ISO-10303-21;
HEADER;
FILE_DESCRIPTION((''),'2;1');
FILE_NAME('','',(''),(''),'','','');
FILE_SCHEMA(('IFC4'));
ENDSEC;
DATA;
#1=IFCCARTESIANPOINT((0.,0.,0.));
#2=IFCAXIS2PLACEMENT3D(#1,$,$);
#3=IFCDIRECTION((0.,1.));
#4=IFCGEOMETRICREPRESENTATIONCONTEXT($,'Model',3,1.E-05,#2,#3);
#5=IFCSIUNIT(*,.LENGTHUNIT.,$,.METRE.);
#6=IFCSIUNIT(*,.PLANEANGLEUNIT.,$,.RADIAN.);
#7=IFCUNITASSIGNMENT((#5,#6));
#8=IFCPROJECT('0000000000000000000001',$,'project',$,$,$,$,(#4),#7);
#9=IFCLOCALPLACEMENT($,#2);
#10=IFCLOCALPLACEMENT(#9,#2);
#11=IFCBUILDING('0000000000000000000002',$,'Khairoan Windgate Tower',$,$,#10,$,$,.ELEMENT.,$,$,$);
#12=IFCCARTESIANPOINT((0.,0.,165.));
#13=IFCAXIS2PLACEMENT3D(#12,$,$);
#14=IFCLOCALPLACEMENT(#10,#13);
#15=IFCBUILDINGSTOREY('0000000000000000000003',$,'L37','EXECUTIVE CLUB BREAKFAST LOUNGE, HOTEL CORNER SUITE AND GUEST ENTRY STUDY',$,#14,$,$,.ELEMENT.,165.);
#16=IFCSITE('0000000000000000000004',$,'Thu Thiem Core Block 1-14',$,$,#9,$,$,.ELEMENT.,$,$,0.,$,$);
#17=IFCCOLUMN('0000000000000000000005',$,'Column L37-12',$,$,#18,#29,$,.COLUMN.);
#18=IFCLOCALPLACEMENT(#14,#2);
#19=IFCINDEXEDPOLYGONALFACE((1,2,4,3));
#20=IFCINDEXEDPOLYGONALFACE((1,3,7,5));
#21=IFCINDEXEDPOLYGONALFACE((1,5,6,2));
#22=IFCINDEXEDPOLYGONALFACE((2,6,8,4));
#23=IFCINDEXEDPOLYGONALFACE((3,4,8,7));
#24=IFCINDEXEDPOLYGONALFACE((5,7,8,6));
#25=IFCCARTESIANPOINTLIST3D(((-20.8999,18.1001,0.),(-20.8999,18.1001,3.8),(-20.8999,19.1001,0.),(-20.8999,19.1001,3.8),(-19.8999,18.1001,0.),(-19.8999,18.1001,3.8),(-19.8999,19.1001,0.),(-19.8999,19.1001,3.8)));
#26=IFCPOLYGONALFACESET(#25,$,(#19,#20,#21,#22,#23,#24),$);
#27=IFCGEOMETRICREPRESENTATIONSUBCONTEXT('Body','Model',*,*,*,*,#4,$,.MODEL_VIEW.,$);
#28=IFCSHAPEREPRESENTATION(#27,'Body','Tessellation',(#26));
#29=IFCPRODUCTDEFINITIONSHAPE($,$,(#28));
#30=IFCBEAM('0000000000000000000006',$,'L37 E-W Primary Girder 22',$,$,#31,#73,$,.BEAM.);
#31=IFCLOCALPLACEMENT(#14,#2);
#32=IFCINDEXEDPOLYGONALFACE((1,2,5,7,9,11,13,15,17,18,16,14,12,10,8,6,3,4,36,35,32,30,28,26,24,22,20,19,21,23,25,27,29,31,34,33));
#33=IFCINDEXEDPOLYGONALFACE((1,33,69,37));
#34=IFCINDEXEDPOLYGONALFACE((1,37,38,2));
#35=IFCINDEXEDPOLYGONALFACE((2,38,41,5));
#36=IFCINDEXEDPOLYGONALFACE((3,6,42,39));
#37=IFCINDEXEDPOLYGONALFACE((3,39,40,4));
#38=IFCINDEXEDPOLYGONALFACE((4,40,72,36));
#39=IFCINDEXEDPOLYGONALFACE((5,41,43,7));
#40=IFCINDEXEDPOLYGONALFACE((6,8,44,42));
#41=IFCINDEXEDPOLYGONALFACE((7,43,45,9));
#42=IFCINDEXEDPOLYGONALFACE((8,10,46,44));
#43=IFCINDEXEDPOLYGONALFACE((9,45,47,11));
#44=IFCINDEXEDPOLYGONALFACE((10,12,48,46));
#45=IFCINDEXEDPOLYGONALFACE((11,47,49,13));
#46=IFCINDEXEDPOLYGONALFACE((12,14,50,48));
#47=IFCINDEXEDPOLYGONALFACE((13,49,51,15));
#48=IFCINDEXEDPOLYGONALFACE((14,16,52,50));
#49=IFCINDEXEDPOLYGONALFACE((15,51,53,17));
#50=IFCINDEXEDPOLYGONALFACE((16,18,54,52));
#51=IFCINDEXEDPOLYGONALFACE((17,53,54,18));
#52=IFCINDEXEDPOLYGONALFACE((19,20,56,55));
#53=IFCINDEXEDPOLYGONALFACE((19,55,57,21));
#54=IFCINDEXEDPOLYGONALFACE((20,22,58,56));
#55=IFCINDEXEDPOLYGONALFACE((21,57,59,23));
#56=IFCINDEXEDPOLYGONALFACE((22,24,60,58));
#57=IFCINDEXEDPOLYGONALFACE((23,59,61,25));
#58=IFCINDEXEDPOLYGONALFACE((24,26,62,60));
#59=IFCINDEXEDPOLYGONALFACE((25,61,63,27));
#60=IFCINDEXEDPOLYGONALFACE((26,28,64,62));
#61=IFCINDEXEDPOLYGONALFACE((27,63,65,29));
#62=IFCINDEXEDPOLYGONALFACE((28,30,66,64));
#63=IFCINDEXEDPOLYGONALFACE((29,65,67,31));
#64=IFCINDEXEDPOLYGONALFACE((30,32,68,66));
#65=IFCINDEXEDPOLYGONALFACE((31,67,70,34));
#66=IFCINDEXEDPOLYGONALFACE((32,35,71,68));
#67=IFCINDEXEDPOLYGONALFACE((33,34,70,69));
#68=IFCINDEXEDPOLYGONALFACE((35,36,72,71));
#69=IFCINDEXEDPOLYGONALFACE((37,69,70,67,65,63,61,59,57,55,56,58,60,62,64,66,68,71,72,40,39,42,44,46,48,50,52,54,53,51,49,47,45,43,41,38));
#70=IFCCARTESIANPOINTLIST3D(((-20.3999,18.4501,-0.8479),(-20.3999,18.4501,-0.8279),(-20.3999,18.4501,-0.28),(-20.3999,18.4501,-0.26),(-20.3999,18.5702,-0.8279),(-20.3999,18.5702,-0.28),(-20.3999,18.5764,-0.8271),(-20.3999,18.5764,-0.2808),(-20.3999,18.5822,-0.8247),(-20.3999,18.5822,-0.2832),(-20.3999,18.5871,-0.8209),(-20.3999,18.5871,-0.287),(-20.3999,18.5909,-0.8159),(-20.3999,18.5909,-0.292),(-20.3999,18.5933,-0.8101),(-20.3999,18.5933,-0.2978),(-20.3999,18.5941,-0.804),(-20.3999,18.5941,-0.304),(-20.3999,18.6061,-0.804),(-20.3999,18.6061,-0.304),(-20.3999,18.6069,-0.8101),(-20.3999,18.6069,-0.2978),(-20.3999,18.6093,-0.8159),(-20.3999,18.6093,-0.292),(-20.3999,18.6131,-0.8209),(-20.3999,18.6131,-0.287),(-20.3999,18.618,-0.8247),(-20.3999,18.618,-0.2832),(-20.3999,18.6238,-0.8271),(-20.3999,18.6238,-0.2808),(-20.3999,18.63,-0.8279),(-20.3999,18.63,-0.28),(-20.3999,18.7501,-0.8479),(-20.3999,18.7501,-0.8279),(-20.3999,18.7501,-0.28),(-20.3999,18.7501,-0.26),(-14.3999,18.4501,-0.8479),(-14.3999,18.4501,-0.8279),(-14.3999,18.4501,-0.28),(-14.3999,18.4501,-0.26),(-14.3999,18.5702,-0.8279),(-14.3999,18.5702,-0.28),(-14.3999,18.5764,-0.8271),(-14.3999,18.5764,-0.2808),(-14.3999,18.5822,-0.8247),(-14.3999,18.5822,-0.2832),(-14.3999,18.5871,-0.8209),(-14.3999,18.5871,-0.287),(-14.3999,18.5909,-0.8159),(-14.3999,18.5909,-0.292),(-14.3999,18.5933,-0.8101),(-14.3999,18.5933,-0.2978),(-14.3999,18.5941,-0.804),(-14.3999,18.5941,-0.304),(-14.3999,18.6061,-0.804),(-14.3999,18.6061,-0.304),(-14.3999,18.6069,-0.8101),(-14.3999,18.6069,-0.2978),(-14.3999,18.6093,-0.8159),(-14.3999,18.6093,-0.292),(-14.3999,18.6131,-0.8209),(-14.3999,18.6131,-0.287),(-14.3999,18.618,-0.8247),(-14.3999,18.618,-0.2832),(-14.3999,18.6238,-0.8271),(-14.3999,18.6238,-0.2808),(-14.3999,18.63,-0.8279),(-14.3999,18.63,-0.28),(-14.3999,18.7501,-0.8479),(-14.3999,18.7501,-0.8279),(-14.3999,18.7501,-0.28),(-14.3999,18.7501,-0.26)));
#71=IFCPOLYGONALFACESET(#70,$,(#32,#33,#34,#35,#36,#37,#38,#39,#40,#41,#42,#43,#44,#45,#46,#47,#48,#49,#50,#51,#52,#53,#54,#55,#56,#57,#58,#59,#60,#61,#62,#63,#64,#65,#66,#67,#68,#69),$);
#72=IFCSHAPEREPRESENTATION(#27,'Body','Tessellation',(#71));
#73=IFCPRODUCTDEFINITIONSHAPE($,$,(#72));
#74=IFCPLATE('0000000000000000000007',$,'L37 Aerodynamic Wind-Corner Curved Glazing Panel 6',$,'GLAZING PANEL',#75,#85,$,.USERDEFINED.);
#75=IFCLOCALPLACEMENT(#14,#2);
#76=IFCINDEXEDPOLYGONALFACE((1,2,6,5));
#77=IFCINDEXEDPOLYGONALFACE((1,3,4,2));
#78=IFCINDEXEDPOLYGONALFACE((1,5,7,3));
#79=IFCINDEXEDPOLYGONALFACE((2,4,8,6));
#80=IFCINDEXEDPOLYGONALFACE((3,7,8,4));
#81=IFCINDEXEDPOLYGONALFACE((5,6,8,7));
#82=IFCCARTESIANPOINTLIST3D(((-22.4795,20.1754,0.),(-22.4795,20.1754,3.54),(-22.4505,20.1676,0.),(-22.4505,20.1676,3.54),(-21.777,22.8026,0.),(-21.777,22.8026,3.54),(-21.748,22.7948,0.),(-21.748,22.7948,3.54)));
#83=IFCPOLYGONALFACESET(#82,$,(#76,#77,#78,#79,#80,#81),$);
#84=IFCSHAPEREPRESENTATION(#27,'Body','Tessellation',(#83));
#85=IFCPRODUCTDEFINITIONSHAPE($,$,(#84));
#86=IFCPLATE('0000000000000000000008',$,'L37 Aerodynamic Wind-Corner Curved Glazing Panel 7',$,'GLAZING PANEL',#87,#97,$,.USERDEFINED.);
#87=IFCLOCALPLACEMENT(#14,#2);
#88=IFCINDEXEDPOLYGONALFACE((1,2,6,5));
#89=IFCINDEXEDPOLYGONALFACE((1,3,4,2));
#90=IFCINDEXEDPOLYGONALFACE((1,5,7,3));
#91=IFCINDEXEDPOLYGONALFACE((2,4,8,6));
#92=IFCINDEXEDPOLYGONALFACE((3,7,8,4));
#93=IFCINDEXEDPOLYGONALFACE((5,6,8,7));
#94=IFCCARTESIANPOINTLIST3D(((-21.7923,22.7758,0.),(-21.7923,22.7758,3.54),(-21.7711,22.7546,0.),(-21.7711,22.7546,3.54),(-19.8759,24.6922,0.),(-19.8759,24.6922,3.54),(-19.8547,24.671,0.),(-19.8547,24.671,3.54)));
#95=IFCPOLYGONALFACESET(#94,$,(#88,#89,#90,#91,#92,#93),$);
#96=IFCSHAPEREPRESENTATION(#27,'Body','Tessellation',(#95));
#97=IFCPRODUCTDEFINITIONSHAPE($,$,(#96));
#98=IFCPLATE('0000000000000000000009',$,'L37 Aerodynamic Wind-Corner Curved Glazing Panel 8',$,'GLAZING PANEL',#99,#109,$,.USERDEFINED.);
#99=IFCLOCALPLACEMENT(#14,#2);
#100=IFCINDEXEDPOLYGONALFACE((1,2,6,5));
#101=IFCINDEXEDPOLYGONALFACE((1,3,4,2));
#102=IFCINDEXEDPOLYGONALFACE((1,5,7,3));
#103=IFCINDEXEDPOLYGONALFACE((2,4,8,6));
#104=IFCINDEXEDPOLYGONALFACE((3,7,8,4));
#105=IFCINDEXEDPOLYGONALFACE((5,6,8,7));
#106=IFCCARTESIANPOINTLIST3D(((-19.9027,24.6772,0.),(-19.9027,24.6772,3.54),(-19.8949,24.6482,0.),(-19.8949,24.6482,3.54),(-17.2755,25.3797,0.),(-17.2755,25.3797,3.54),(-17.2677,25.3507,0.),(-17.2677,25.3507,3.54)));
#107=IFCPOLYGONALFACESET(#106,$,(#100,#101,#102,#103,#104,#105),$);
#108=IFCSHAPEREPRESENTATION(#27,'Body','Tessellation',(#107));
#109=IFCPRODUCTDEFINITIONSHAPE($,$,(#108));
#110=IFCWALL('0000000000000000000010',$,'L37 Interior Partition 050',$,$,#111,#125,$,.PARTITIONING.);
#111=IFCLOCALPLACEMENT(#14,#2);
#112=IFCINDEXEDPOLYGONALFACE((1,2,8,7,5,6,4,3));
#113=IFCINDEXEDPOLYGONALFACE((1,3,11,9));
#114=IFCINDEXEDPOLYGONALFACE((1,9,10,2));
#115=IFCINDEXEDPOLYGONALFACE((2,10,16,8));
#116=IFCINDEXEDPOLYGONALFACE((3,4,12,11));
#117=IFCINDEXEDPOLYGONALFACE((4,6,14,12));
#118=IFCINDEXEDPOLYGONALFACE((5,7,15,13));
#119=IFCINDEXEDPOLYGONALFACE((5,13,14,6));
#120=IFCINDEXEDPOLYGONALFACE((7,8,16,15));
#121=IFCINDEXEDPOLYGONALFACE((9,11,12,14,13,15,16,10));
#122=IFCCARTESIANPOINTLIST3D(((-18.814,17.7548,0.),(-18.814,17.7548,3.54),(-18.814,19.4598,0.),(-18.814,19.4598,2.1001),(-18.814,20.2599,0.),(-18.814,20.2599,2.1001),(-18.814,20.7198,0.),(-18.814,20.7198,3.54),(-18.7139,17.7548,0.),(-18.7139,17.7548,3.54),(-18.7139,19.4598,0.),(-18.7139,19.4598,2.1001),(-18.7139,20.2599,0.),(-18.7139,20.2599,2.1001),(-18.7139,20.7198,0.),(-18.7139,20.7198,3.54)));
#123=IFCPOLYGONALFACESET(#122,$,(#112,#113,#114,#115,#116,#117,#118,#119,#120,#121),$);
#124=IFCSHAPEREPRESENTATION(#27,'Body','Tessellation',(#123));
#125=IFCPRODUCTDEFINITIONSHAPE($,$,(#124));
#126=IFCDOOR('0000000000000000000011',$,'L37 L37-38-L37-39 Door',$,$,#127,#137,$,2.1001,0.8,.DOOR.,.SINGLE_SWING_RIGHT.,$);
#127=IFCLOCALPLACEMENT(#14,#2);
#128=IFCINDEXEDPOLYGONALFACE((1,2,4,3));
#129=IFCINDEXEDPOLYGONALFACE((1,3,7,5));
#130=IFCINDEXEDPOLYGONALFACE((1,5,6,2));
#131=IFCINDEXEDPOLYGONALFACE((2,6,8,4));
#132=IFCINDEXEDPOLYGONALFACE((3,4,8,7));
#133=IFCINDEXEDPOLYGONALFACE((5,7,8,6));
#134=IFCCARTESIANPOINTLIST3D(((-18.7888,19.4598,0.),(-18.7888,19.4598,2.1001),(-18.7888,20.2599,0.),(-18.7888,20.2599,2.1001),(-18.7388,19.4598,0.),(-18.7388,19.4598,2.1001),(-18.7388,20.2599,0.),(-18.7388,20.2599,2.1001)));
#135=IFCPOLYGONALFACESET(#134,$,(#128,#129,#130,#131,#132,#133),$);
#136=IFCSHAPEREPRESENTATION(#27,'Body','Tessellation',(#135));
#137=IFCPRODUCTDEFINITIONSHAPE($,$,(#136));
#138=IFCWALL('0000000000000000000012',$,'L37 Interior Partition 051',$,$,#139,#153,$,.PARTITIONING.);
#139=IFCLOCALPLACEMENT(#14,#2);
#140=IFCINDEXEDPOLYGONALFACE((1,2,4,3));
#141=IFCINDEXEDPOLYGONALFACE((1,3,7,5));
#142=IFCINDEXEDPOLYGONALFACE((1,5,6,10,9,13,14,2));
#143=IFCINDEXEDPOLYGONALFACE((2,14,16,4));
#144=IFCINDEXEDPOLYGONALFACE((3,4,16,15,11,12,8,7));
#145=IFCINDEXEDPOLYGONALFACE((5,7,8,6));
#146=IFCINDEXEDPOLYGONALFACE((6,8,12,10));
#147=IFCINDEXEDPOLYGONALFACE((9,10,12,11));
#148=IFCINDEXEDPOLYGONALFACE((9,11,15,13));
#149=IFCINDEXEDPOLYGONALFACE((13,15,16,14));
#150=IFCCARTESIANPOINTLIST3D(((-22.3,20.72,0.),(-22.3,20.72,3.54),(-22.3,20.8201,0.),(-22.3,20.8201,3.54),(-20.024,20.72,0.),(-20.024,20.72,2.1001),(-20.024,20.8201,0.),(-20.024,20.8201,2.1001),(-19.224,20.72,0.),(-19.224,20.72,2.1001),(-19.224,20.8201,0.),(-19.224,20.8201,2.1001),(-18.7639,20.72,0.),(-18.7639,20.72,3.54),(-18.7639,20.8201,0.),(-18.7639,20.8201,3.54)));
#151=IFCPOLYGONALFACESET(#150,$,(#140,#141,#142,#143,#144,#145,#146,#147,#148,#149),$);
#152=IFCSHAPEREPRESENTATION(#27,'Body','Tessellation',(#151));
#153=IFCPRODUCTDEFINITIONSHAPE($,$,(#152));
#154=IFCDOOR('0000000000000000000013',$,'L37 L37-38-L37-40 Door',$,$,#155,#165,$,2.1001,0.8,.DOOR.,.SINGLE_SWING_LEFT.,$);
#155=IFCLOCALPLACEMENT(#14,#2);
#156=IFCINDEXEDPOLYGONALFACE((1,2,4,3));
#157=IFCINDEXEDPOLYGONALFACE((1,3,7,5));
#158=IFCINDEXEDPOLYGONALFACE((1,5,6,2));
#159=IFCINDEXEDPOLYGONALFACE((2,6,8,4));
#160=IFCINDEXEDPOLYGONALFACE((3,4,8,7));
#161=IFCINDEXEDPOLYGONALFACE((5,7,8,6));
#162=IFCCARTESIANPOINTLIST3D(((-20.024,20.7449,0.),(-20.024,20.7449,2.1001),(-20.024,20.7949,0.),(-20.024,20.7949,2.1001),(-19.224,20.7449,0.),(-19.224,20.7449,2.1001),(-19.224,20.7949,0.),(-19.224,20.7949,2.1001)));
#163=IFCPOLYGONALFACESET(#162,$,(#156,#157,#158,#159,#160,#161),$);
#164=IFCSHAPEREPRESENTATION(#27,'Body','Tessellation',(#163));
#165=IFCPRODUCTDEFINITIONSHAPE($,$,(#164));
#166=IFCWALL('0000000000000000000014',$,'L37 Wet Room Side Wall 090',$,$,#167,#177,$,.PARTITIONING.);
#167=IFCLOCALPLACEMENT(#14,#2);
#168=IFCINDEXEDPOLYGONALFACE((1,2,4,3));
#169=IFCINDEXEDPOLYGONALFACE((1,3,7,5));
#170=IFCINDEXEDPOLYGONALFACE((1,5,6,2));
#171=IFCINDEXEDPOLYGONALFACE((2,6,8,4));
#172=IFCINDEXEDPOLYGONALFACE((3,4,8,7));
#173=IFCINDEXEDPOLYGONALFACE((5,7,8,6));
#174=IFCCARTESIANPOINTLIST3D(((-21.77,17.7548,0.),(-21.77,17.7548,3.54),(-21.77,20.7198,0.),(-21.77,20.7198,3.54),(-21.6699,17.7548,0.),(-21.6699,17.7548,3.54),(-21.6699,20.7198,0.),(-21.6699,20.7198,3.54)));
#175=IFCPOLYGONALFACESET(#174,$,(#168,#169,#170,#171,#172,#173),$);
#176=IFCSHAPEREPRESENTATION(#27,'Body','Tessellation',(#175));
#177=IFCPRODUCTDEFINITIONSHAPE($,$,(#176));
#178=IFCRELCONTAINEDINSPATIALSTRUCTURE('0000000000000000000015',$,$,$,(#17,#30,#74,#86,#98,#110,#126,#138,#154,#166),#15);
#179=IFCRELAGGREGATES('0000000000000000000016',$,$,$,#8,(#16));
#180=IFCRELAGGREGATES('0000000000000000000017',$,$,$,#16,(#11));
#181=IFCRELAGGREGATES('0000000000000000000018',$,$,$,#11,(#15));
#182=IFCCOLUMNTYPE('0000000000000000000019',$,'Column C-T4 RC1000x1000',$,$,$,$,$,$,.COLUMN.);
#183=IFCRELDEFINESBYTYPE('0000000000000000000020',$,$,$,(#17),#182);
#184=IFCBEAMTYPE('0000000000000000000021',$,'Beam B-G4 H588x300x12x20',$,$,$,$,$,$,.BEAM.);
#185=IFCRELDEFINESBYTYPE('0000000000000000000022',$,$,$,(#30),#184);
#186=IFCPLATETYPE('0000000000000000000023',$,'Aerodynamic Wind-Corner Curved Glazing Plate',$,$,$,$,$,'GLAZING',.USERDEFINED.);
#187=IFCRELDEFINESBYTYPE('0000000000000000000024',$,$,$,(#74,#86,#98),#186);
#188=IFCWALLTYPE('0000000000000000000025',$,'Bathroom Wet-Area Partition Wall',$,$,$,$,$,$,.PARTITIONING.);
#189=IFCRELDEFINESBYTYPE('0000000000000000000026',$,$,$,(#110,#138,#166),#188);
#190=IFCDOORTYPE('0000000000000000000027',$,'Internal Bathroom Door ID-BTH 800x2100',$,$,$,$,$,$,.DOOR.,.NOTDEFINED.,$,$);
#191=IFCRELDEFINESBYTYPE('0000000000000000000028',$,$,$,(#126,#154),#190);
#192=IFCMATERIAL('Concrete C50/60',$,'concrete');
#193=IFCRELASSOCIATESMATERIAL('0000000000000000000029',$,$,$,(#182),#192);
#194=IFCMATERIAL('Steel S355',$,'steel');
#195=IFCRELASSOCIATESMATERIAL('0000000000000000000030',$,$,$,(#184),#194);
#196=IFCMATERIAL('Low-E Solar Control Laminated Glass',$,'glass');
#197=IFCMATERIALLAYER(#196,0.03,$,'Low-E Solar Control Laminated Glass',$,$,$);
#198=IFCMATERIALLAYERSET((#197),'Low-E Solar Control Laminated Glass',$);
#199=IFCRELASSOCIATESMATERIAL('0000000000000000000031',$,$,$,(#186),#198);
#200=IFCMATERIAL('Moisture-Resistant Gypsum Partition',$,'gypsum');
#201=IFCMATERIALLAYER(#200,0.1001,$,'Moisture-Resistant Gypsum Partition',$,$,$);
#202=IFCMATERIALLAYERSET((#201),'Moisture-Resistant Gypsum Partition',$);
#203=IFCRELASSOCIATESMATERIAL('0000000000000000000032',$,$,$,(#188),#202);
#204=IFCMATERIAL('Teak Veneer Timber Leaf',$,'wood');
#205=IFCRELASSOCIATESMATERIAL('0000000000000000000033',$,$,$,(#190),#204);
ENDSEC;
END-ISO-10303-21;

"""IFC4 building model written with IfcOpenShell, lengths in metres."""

from ifc_helpers import new_model, si_unit, direction, frame, frame_2d, origin, origin_2d, place, context, subcontext, project, spatial, rectangle, i_section, extrude, material, layer, layer_set, material_profile, profile_set, type_object, element, fill, save


model = new_model("IFC4")

# Units and contexts
model_context = context("Model", 3, precision=1e-05, world=origin(), true_north=direction((0.0, 1.0)))
body_context = subcontext(model_context, "Body", "Model", "MODEL_VIEW")
ifc_project = project(units=[si_unit("LENGTHUNIT", "METRE"), si_unit("PLANEANGLEUNIT", "RADIAN")], contexts=[model_context])

# Site, building, storey
site_placement = place(None, origin())
site = spatial("IfcSite", under=ifc_project, at=site_placement, Name="Thu Thiem Core Block 1-14", CompositionType="ELEMENT", RefElevation=0.0)
building_placement = place(site_placement, origin())
building = spatial("IfcBuilding", under=site, at=building_placement, Name="Khairoan Windgate Tower", CompositionType="ELEMENT")
storey_placement = place(building_placement, frame((0.0, 0.0, 165.0)))
storey = spatial("IfcBuildingStorey", under=building, at=storey_placement, Name="L37", Description="EXECUTIVE CLUB BREAKFAST LOUNGE, HOTEL CORNER SUITE AND GUEST ENTRY STUDY", CompositionType="ELEMENT", Elevation=165.0)

# Column
ifc_material_1 = material(Name="Concrete C50/60", Category="concrete")
ifc_material_profile_1 = material_profile(ifc_material_1, rectangle(XDim=1.0, YDim=1.0, at=origin_2d()))
ifc_profile_set_1 = profile_set([ifc_material_profile_1], Name="Concrete C50/60")
column_type = type_object("IfcColumnType", Name="Column C-T4 RC1000x1000", PredefinedType="COLUMN", material=ifc_profile_set_1)
column_placement = place(storey_placement, frame((-20.3999, 18.6001, 0.0), z_axis=(0.0, 0.0, 1.0), x_axis=(1.0, 0.0, 0.0)))
element("IfcColumn", 1, at=column_placement, inside=storey, type_object=column_type, Name="Column L37-12", PredefinedType="COLUMN", context=body_context, shape_type="SweptSolid", body=[
    extrude(rectangle(XDim=1.0, YDim=1.0, at=origin_2d()), origin(), (0.0, 0.0, 1.0), 3.8),
])

# Beam
ifc_material_2 = material(Name="Steel S355", Category="steel")
ifc_material_profile_2 = material_profile(ifc_material_2, i_section(OverallWidth=0.3, OverallDepth=0.5879, WebThickness=0.012, FlangeThickness=0.02, FilletRadius=0.0239, at=origin_2d()))
ifc_profile_set_2 = profile_set([ifc_material_profile_2], Name="Steel S355")
beam_type = type_object("IfcBeamType", Name="Beam B-G4 H588x300x12x20", PredefinedType="BEAM", material=ifc_profile_set_2)
beam_placement = place(storey_placement, frame((-20.3999, 18.6001, -0.554), z_axis=(1.0, 0.0, 0.0), x_axis=(0.0, 1.0, 0.0)))
element("IfcBeam", 2, at=beam_placement, inside=storey, type_object=beam_type, Name="L37 E-W Primary Girder 22", PredefinedType="BEAM", context=body_context, shape_type="SweptSolid", body=[
    extrude(i_section(OverallWidth=0.3, OverallDepth=0.5879, WebThickness=0.012, FlangeThickness=0.02, FilletRadius=0.0239, at=origin_2d()), origin(), (0.0, 0.0, 1.0), 6.0),
])

# Plates
ifc_material_3 = material(Name="Low-E Solar Control Laminated Glass", Category="glass")
ifc_layer_1 = layer(ifc_material_3, 0.03, Name="Low-E Solar Control Laminated Glass")
ifc_layer_set_1 = layer_set([ifc_layer_1], Name="Low-E Solar Control Laminated Glass")
plate_type_1 = type_object("IfcPlateType", Name="Aerodynamic Wind-Corner Curved Glazing Plate", ElementType="GLAZING", PredefinedType="USERDEFINED", material=ifc_layer_set_1)
plate_1_placement = place(storey_placement, frame((-22.1138, 21.4851, 0.0), z_axis=(0.0, 0.0, 1.0), x_axis=(0.258313, 0.966061, 0.0)))
element("IfcPlate", 3, at=plate_1_placement, inside=storey, type_object=plate_type_1, Name="L37 Aerodynamic Wind-Corner Curved Glazing Panel 6", ObjectType="GLAZING PANEL", PredefinedType="USERDEFINED", context=body_context, shape_type="SweptSolid", body=[
    extrude(rectangle(XDim=2.7195, YDim=0.03, at=origin_2d()), origin(), (0.0, 0.0, 1.0), 3.54),
])
plate_2_placement = place(storey_placement, frame((-20.8235, 23.7234, 0.0), z_axis=(0.0, 0.0, 1.0), x_axis=(0.707107, 0.707107, 0.0)))
element("IfcPlate", 4, at=plate_2_placement, inside=storey, type_object=plate_type_1, Name="L37 Aerodynamic Wind-Corner Curved Glazing Panel 7", ObjectType="GLAZING PANEL", PredefinedType="USERDEFINED", context=body_context, shape_type="SweptSolid", body=[
    extrude(rectangle(XDim=2.7102, YDim=0.03, at=origin_2d()), origin(), (0.0, 0.0, 1.0), 3.54),
])
plate_3_placement = place(storey_placement, frame((-18.5852, 25.0139, 0.0), z_axis=(0.0, 0.0, 1.0), x_axis=(0.966061, 0.258313, 0.0)))
element("IfcPlate", 5, at=plate_3_placement, inside=storey, type_object=plate_type_1, Name="L37 Aerodynamic Wind-Corner Curved Glazing Panel 8", ObjectType="GLAZING PANEL", PredefinedType="USERDEFINED", context=body_context, shape_type="SweptSolid", body=[
    extrude(rectangle(XDim=2.7195, YDim=0.03, at=origin_2d()), origin(), (0.0, 0.0, 1.0), 3.54),
])

# Walls, openings, doors
ifc_material_4 = material(Name="Moisture-Resistant Gypsum Partition", Category="gypsum")
ifc_layer_2 = layer(ifc_material_4, 0.1001, Name="Moisture-Resistant Gypsum Partition")
ifc_layer_set_2 = layer_set([ifc_layer_2], Name="Moisture-Resistant Gypsum Partition")
wall_type_1 = type_object("IfcWallType", Name="Bathroom Wet-Area Partition Wall", PredefinedType="PARTITIONING", material=ifc_layer_set_2)
wall_1_placement = place(storey_placement, frame((-18.7639, 17.7549, 0.0), z_axis=(0.0, 0.0, 1.0), x_axis=(0.0, 1.0, 0.0)))
wall_1 = element("IfcWall", 6, at=wall_1_placement, inside=storey, type_object=wall_type_1, Name="L37 Interior Partition 050", PredefinedType="PARTITIONING", context=body_context, shape_type="SweptSolid", body=[
    extrude(rectangle(XDim=2.9651, YDim=0.1001, at=frame_2d((1.4824, 0.0))), origin(), (0.0, 0.0, 1.0), 3.54),
])
opening_1_placement = place(wall_1_placement, frame((1.7051, 0.0, 0.0)))
opening_1 = element("IfcOpeningElement", 7, at=opening_1_placement, cuts=wall_1, PredefinedType="OPENING", context=body_context, shape_type="SweptSolid", body=[
    extrude(rectangle(XDim=0.8, YDim=2.1001, at=frame_2d((0.3999, 1.05))), frame((0.0, 0.0601, 0.0), z_axis=(0.0, -1.0, 0.0), x_axis=(1.0, 0.0, 0.0)), (0.0, 0.0, 1.0), 0.1201),
])
ifc_material_5 = material(Name="Teak Veneer Timber Leaf", Category="wood")
door_type_1 = type_object("IfcDoorType", Name="Internal Bathroom Door ID-BTH 800x2100", OperationType="NOTDEFINED", PredefinedType="DOOR", material=ifc_material_5)
door_1_placement = place(opening_1_placement, origin())
door_1 = element("IfcDoor", 8, at=door_1_placement, inside=storey, type_object=door_type_1, Name="L37 L37-38-L37-39 Door", OperationType="SINGLE_SWING_RIGHT", OverallHeight=2.1001, OverallWidth=0.8, PredefinedType="DOOR", context=body_context, shape_type="SweptSolid", body=[
    extrude(rectangle(XDim=0.8, YDim=2.1001, at=frame_2d((0.3999, 1.05))), frame((0.0, 0.0249, 0.0), z_axis=(0.0, -1.0, 0.0), x_axis=(1.0, 0.0, 0.0)), (0.0, 0.0, 1.0), 0.05),
])
fill(opening_1, door_1)
wall_2_placement = place(storey_placement, frame((-22.3, 20.77, 0.0), z_axis=(0.0, 0.0, 1.0), x_axis=(1.0, 0.0, 0.0)))
wall_2 = element("IfcWall", 9, at=wall_2_placement, inside=storey, type_object=wall_type_1, Name="L37 Interior Partition 051", PredefinedType="PARTITIONING", context=body_context, shape_type="SweptSolid", body=[
    extrude(rectangle(XDim=3.5361, YDim=0.1001, at=frame_2d((1.7681, 0.0))), origin(), (0.0, 0.0, 1.0), 3.54),
])
opening_2_placement = place(wall_2_placement, frame((2.2761, 0.0, 0.0)))
opening_2 = element("IfcOpeningElement", 10, at=opening_2_placement, cuts=wall_2, PredefinedType="OPENING", context=body_context, shape_type="SweptSolid", body=[
    extrude(rectangle(XDim=0.8, YDim=2.1001, at=frame_2d((0.3999, 1.05))), frame((0.0, 0.0601, 0.0), z_axis=(0.0, -1.0, 0.0), x_axis=(1.0, 0.0, 0.0)), (0.0, 0.0, 1.0), 0.1201),
])
door_2_placement = place(opening_2_placement, origin())
door_2 = element("IfcDoor", 11, at=door_2_placement, inside=storey, type_object=door_type_1, Name="L37 L37-38-L37-40 Door", OperationType="SINGLE_SWING_LEFT", OverallHeight=2.1001, OverallWidth=0.8, PredefinedType="DOOR", context=body_context, shape_type="SweptSolid", body=[
    extrude(rectangle(XDim=0.8, YDim=2.1001, at=frame_2d((0.3999, 1.05))), frame((0.0, 0.0249, 0.0), z_axis=(0.0, -1.0, 0.0), x_axis=(1.0, 0.0, 0.0)), (0.0, 0.0, 1.0), 0.05),
])
fill(opening_2, door_2)

# Wall
wall_3_placement = place(storey_placement, frame((-21.72, 17.7549, 0.0), z_axis=(0.0, 0.0, 1.0), x_axis=(0.0, 1.0, 0.0)))
element("IfcWall", 12, at=wall_3_placement, inside=storey, type_object=wall_type_1, Name="L37 Wet Room Side Wall 090", PredefinedType="PARTITIONING", context=body_context, shape_type="SweptSolid", body=[
    extrude(rectangle(XDim=2.9651, YDim=0.1001, at=frame_2d((1.4824, 0.0))), origin(), (0.0, 0.0, 1.0), 3.54),
])

save(model, "model.ifc")
